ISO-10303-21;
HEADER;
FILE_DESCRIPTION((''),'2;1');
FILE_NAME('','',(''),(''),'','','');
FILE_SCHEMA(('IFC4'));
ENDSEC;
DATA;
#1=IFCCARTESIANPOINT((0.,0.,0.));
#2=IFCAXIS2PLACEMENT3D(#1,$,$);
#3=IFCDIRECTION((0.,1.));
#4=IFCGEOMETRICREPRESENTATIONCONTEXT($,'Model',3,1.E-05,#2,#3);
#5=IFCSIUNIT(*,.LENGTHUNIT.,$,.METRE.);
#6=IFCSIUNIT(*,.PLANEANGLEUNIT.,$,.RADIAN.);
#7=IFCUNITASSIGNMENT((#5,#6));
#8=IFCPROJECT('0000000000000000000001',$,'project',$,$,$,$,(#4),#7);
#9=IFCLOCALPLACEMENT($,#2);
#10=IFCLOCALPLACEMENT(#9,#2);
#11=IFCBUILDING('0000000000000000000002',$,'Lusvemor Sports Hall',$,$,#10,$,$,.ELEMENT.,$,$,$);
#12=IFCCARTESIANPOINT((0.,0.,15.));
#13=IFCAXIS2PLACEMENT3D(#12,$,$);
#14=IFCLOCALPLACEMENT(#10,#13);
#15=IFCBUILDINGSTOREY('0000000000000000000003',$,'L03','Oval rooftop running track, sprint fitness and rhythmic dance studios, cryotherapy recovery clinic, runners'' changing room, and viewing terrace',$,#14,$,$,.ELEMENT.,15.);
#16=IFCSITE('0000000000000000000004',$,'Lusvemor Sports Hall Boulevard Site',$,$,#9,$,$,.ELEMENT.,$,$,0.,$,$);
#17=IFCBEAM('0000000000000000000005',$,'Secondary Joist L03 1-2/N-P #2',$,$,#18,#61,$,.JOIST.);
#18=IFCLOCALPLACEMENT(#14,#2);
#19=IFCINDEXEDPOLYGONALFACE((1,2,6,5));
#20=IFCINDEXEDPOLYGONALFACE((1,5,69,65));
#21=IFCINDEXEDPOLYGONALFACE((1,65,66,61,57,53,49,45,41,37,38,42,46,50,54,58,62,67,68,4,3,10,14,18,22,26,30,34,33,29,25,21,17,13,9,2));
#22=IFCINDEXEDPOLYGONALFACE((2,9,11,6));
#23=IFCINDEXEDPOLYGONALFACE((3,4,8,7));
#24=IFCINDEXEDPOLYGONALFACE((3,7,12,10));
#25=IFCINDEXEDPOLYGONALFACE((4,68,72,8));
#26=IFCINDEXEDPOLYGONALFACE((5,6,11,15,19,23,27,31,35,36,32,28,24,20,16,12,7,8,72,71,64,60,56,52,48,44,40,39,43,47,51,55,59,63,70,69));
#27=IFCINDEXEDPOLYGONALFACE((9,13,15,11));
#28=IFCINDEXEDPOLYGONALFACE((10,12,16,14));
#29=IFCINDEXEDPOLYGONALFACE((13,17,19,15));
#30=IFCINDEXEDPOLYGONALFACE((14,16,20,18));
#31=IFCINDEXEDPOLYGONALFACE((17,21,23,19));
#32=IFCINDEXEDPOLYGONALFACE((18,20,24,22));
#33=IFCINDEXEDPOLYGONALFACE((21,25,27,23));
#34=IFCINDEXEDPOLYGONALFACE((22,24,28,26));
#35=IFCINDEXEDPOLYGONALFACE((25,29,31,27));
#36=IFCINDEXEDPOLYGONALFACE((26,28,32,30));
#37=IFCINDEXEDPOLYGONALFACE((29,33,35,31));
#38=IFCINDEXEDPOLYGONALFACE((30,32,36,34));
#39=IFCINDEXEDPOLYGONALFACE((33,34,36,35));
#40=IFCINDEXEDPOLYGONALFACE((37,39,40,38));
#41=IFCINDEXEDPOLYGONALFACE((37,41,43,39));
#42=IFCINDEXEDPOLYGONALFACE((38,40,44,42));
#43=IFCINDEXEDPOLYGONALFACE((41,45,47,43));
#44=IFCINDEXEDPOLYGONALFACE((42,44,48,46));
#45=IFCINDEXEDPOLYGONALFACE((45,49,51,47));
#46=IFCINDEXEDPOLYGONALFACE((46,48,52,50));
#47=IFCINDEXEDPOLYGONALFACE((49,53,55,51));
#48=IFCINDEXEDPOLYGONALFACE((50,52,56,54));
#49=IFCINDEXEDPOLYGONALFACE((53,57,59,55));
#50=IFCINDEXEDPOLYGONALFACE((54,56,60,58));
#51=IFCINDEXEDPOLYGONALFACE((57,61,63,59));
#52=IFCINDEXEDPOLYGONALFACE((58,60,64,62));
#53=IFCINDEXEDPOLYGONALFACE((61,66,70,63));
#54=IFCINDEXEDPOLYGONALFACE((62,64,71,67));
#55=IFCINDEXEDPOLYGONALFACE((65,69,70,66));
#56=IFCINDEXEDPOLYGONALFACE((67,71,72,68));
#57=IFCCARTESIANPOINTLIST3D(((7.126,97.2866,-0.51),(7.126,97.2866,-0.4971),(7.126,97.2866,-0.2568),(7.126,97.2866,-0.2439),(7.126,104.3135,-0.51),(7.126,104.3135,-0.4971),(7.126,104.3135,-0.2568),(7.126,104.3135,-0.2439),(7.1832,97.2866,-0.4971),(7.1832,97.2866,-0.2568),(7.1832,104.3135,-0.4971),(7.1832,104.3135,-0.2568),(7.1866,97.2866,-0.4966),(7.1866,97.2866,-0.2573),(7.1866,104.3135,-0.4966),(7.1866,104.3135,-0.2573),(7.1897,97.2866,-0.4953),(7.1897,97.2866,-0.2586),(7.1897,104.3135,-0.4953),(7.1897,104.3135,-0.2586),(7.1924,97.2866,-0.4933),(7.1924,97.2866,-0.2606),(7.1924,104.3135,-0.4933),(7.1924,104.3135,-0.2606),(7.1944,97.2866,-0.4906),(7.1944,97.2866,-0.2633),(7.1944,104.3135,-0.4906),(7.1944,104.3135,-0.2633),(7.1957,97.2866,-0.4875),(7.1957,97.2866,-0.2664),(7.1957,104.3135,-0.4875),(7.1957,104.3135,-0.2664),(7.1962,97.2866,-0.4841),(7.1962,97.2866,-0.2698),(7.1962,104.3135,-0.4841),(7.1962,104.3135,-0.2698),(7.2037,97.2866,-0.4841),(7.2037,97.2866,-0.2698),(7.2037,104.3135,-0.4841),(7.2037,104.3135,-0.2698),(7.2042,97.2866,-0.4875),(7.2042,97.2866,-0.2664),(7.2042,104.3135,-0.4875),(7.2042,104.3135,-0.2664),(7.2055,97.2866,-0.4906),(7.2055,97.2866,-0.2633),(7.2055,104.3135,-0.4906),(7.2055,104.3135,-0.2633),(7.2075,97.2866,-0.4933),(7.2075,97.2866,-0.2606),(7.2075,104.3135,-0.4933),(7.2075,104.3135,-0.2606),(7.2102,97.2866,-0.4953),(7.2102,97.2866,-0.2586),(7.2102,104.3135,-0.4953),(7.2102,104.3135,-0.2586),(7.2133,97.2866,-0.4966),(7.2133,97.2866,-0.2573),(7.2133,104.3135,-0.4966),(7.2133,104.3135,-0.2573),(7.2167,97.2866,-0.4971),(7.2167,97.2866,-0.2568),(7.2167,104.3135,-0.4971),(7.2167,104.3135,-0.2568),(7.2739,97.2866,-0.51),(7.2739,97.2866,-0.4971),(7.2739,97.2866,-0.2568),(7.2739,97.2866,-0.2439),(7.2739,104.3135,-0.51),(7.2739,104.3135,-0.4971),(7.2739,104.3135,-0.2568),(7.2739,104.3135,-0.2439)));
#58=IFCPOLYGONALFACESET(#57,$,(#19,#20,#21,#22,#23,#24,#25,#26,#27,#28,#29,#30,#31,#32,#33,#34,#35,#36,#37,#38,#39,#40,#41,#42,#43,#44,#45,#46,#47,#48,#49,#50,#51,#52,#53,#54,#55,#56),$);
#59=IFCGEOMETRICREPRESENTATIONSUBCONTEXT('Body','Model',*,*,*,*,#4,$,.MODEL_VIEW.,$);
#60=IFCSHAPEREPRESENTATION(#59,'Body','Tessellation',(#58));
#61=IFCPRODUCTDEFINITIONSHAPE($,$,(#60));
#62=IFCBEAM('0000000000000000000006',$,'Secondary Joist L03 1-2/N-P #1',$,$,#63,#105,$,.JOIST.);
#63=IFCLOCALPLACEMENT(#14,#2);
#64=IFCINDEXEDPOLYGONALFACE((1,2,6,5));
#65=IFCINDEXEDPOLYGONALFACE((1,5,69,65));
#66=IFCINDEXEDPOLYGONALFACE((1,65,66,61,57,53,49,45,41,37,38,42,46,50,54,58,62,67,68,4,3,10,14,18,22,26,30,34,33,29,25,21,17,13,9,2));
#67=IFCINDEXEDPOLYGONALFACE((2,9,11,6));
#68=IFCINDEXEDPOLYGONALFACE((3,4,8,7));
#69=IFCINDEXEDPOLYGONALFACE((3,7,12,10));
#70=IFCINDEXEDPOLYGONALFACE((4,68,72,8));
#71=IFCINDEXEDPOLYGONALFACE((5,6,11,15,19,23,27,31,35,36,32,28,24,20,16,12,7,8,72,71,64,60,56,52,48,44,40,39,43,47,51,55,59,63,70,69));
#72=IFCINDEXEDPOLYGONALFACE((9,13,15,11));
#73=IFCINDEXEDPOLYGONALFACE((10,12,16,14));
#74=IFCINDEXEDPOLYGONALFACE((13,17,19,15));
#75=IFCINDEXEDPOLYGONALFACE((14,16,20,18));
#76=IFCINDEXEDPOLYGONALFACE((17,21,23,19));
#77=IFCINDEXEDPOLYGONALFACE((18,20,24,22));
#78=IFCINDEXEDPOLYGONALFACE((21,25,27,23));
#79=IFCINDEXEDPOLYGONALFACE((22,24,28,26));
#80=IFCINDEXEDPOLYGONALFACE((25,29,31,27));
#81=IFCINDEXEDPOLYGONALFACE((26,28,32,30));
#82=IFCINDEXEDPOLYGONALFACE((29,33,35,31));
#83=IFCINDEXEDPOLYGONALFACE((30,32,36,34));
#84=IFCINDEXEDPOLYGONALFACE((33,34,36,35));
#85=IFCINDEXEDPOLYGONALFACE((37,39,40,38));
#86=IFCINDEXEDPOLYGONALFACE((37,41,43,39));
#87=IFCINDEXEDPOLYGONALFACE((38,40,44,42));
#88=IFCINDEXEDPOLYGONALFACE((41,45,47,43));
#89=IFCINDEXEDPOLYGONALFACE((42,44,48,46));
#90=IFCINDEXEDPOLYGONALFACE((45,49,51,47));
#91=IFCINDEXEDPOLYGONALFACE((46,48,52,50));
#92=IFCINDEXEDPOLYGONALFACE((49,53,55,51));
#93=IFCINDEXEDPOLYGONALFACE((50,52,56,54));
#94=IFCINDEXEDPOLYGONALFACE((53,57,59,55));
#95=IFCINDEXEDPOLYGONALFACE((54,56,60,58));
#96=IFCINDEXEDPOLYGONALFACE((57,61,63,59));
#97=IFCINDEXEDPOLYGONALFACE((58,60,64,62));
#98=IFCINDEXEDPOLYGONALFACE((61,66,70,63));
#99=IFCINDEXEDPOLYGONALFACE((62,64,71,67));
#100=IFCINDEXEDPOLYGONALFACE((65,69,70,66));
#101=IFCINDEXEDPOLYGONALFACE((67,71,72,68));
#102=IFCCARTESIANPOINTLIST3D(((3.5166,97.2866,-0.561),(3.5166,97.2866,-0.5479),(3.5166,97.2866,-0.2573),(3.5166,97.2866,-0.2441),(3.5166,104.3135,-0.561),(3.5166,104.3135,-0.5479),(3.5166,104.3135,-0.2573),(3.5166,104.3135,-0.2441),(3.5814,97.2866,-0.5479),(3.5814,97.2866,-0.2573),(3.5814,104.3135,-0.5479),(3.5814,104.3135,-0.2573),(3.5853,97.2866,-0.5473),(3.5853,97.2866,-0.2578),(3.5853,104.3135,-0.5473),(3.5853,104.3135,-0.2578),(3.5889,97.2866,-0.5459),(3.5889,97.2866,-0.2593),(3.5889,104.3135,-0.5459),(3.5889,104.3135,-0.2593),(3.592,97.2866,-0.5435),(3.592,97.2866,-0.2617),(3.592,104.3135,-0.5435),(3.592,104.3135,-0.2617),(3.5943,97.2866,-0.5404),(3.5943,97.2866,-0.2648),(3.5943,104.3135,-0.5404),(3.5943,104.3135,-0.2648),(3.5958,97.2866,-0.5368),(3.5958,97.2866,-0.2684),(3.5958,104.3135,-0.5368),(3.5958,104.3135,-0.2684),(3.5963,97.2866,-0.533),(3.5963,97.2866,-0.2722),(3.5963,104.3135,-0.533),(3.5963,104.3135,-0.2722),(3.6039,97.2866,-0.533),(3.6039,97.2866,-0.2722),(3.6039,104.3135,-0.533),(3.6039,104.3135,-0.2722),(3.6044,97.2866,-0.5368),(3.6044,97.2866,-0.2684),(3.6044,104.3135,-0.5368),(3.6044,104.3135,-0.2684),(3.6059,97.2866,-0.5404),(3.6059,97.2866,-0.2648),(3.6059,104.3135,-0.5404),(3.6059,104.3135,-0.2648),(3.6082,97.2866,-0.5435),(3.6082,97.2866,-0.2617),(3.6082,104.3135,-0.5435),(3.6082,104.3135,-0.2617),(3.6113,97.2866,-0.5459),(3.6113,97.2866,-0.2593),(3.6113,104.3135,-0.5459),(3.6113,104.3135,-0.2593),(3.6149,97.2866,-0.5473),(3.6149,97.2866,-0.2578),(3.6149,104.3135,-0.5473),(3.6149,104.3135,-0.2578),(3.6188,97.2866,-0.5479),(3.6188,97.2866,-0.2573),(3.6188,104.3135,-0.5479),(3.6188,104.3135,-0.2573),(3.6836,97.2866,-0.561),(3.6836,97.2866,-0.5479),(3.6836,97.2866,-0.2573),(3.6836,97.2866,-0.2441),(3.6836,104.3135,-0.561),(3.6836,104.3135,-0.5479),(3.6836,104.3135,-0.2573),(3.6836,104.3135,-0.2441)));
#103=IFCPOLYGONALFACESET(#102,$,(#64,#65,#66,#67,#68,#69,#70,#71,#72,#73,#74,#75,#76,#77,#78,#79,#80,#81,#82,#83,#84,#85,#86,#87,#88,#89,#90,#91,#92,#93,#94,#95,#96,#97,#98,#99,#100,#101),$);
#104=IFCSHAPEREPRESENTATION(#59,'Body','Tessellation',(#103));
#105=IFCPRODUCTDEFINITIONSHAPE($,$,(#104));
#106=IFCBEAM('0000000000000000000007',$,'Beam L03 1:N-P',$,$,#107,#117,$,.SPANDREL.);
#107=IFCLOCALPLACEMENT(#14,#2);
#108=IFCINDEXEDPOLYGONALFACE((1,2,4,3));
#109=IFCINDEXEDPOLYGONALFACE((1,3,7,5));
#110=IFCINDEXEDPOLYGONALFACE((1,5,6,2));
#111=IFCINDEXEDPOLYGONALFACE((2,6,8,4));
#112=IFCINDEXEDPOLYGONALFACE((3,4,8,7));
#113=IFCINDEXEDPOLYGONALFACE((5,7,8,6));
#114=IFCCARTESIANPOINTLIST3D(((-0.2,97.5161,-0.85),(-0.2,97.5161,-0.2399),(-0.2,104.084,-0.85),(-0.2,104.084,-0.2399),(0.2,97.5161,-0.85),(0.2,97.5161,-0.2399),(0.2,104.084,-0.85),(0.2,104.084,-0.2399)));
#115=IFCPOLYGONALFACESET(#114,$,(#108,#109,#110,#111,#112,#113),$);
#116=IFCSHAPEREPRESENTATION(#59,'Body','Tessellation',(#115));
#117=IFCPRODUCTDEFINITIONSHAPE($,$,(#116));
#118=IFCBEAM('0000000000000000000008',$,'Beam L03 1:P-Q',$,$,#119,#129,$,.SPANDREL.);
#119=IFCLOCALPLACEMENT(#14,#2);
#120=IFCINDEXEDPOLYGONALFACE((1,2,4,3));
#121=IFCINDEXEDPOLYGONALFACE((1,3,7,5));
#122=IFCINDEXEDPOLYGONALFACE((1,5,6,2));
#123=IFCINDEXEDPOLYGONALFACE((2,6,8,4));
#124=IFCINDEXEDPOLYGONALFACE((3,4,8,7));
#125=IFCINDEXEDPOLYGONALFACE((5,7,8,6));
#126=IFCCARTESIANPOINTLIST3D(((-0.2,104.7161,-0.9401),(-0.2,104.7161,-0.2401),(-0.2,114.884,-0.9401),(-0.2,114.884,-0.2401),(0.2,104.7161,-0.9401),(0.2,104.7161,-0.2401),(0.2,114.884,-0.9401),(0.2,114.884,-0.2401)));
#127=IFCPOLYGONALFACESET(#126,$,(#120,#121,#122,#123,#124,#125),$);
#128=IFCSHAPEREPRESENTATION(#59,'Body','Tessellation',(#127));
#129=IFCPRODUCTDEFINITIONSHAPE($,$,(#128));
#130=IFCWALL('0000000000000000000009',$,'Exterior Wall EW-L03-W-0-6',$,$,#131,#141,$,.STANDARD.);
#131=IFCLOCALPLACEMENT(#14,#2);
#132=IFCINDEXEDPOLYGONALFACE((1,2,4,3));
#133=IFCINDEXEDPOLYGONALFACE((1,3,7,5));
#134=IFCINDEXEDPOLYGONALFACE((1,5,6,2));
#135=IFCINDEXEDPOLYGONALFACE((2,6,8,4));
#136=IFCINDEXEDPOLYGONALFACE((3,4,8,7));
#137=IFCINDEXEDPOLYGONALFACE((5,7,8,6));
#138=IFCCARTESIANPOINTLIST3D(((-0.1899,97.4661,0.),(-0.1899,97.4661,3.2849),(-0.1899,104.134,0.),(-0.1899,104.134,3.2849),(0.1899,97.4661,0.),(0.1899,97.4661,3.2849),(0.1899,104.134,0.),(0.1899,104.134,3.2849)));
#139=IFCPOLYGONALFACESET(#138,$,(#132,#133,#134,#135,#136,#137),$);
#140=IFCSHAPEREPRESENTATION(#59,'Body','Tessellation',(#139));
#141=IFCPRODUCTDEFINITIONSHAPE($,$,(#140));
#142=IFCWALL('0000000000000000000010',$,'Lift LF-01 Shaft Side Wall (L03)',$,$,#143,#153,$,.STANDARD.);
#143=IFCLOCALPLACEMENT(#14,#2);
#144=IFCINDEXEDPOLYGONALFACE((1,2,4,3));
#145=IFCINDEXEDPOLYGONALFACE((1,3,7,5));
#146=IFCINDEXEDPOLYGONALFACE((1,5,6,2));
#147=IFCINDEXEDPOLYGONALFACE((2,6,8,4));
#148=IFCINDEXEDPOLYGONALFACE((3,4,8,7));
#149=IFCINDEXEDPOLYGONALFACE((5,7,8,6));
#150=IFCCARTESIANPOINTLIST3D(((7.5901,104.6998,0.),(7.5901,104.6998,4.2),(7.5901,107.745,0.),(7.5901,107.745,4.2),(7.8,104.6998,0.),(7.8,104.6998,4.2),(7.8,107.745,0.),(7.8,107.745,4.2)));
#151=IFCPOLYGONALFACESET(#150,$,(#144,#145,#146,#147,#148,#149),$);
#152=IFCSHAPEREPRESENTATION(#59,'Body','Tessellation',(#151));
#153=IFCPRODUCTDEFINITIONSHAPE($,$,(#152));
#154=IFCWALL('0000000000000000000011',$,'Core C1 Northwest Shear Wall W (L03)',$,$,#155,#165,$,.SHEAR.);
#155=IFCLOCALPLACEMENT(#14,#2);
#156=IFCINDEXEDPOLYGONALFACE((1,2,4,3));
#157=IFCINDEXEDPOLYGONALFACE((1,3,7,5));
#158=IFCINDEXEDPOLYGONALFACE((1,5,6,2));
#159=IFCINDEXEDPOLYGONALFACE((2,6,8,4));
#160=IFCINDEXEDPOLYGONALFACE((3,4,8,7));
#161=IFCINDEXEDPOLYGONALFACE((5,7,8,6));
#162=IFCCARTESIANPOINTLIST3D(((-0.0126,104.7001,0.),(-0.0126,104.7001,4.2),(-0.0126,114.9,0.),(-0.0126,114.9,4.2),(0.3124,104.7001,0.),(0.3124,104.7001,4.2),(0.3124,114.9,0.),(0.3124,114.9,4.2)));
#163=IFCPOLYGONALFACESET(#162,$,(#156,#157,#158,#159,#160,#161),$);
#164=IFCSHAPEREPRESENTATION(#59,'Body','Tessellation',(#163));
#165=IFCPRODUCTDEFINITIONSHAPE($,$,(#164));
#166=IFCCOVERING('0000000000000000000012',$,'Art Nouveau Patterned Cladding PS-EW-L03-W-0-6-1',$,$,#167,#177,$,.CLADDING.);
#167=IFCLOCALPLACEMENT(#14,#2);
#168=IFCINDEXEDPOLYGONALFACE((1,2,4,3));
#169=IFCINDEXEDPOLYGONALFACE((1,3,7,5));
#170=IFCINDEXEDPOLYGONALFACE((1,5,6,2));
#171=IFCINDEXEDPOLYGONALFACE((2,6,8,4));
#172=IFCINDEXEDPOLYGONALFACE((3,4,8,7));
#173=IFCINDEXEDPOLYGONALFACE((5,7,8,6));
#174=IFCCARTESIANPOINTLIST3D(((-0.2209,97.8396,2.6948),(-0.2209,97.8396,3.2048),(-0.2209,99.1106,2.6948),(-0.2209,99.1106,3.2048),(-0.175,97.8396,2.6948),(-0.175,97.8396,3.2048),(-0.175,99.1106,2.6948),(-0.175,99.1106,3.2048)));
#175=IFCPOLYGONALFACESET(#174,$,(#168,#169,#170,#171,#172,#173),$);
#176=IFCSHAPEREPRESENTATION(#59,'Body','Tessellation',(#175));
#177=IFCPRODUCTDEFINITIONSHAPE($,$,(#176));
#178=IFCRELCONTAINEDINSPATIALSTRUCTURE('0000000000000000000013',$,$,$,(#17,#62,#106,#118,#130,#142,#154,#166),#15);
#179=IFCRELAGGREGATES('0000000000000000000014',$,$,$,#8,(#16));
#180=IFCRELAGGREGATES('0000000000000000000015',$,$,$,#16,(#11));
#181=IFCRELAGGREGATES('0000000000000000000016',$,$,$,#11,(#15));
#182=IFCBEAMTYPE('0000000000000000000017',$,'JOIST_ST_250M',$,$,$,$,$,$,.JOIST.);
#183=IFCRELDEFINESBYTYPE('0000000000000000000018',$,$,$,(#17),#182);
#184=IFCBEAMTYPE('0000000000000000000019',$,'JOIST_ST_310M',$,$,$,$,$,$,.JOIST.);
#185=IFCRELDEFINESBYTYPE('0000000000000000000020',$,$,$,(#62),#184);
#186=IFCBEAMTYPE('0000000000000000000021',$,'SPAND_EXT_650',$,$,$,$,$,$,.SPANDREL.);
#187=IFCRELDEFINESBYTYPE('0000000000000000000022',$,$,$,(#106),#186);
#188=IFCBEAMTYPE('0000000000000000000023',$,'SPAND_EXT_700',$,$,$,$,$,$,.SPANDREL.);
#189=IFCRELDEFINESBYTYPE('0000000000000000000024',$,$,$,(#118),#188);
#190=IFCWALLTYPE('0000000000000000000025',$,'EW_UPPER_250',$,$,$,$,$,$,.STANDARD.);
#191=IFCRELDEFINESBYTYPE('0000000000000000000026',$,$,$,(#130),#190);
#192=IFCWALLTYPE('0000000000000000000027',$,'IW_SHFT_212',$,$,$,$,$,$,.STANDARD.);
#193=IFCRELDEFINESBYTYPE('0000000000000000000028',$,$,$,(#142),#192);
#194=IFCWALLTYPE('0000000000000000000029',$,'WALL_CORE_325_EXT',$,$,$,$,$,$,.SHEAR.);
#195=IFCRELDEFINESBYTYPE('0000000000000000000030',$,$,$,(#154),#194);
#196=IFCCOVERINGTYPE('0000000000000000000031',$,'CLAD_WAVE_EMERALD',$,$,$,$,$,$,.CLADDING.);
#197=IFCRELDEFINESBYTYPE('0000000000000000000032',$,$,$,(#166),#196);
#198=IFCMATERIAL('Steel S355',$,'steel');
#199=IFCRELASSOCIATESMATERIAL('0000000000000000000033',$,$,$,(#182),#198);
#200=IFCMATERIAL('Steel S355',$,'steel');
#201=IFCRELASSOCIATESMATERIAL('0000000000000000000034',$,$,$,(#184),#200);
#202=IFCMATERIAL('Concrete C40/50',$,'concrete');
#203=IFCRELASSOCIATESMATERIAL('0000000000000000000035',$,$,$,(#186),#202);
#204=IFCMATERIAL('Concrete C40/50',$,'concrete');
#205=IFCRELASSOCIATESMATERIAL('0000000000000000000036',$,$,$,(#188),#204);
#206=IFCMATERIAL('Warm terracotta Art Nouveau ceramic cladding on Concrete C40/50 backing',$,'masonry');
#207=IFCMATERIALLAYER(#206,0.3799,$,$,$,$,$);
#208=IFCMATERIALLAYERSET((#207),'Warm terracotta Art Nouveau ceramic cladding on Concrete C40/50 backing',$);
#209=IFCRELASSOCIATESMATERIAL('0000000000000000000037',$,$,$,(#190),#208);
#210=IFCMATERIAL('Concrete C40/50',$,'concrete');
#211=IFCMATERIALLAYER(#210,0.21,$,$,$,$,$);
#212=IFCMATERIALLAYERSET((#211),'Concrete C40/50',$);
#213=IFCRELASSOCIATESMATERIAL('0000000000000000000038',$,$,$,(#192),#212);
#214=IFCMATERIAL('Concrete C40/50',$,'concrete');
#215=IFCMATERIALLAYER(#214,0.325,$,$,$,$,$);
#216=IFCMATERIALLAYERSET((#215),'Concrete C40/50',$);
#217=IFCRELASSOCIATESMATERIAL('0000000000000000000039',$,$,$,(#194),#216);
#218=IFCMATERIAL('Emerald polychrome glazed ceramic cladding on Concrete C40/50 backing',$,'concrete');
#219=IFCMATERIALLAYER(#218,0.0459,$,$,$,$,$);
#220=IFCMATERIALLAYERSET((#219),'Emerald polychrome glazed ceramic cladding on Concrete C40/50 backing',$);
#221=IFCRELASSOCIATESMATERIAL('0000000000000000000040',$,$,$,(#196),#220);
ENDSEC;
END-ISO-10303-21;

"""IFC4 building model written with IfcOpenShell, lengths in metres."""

from ifc_helpers import new_model, si_unit, direction, frame, frame_2d, origin, origin_2d, place, context, subcontext, project, spatial, rectangle, i_section, extrude, material, layer, layer_set, material_profile, profile_set, type_object, element, save


model = new_model("IFC4")

# Units and contexts
model_context = context("Model", 3, precision=1e-05, world=origin(), true_north=direction((0.0, 1.0)))
body_context = subcontext(model_context, "Body", "Model", "MODEL_VIEW")
ifc_project = project(units=[si_unit("LENGTHUNIT", "METRE"), si_unit("PLANEANGLEUNIT", "RADIAN")], contexts=[model_context])

# Site, building, storey
site_placement = place(None, origin())
site = spatial("IfcSite", under=ifc_project, at=site_placement, Name="Lusvemor Sports Hall Boulevard Site", CompositionType="ELEMENT", RefElevation=0.0)
building_placement = place(site_placement, origin())
building = spatial("IfcBuilding", under=site, at=building_placement, Name="Lusvemor Sports Hall", CompositionType="ELEMENT")
storey_placement = place(building_placement, frame((0.0, 0.0, 15.0)))
storey = spatial("IfcBuildingStorey", under=building, at=storey_placement, Name="L03", Description="Oval rooftop running track, sprint fitness and rhythmic dance studios, cryotherapy recovery clinic, runners' changing room, and viewing terrace", CompositionType="ELEMENT", Elevation=15.0)

# Beams
ifc_material_1 = material(Name="Steel S355", Category="steel")
ifc_material_profile_1 = material_profile(ifc_material_1, i_section(OverallWidth=0.1479, OverallDepth=0.2661, WebThickness=0.0076, FlangeThickness=0.0129, FilletRadius=0.0129, at=origin_2d()), Name="W250x44.8")
ifc_profile_set_1 = profile_set([ifc_material_profile_1], Name="Steel S355")
beam_type_1 = type_object("IfcBeamType", Name="JOIST_ST_250M", PredefinedType="JOIST", material=ifc_profile_set_1)
beam_1_placement = place(storey_placement, frame((7.2, 97.2866, -0.377), z_axis=(0.0, 1.0, 0.0), x_axis=(-1.0, 0.0, 0.0)))
element("IfcBeam", 1, at=beam_1_placement, inside=storey, type_object=beam_type_1, Name="Secondary Joist L03 1-2/N-P #2", PredefinedType="JOIST", context=body_context, shape_type="SweptSolid", body=[
    extrude(i_section(OverallWidth=0.1479, OverallDepth=0.2661, WebThickness=0.0076, FlangeThickness=0.0129, FilletRadius=0.0129, at=origin_2d()), origin(), (0.0, 0.0, 1.0), 7.0269),
])
ifc_material_2 = material(Name="Steel S355", Category="steel")
ifc_material_profile_2 = material_profile(ifc_material_2, i_section(OverallWidth=0.167, OverallDepth=0.3169, WebThickness=0.0076, FlangeThickness=0.0132, FilletRadius=0.0149, at=origin_2d()), Name="W310x52.0")
ifc_profile_set_2 = profile_set([ifc_material_profile_2], Name="Steel S355")
beam_type_2 = type_object("IfcBeamType", Name="JOIST_ST_310M", PredefinedType="JOIST", material=ifc_profile_set_2)
beam_2_placement = place(storey_placement, frame((3.6001, 97.2866, -0.4026), z_axis=(0.0, 1.0, 0.0), x_axis=(-1.0, 0.0, 0.0)))
element("IfcBeam", 2, at=beam_2_placement, inside=storey, type_object=beam_type_2, Name="Secondary Joist L03 1-2/N-P #1", PredefinedType="JOIST", context=body_context, shape_type="SweptSolid", body=[
    extrude(i_section(OverallWidth=0.167, OverallDepth=0.3169, WebThickness=0.0076, FlangeThickness=0.0132, FilletRadius=0.0149, at=origin_2d()), origin(), (0.0, 0.0, 1.0), 7.0269),
])
ifc_material_3 = material(Name="Concrete C40/50", Category="concrete")
ifc_material_profile_3 = material_profile(ifc_material_3, rectangle(XDim=0.3999, YDim=0.6101, at=origin_2d()), Name="RC400x610")
ifc_profile_set_3 = profile_set([ifc_material_profile_3], Name="Concrete C40/50")
beam_type_3 = type_object("IfcBeamType", Name="SPAND_EXT_650", PredefinedType="SPANDREL", material=ifc_profile_set_3)
beam_3_placement = place(storey_placement, frame((0.0, 97.5161, -0.5449), z_axis=(0.0, 1.0, 0.0), x_axis=(-1.0, 0.0, 0.0)))
element("IfcBeam", 3, at=beam_3_placement, inside=storey, type_object=beam_type_3, Name="Beam L03 1:N-P", PredefinedType="SPANDREL", context=body_context, shape_type="SweptSolid", body=[
    extrude(rectangle(XDim=0.3999, YDim=0.6101, at=origin_2d()), origin(), (0.0, 0.0, 1.0), 6.5679),
])
ifc_material_4 = material(Name="Concrete C40/50", Category="concrete")
ifc_material_profile_4 = material_profile(ifc_material_4, rectangle(XDim=0.3999, YDim=0.7, at=origin_2d()), Name="RC400x700")
ifc_profile_set_4 = profile_set([ifc_material_profile_4], Name="Concrete C40/50")
beam_type_4 = type_object("IfcBeamType", Name="SPAND_EXT_700", PredefinedType="SPANDREL", material=ifc_profile_set_4)
beam_4_placement = place(storey_placement, frame((0.0, 104.7161, -0.5901), z_axis=(0.0, 1.0, 0.0), x_axis=(-1.0, 0.0, 0.0)))
element("IfcBeam", 4, at=beam_4_placement, inside=storey, type_object=beam_type_4, Name="Beam L03 1:P-Q", PredefinedType="SPANDREL", context=body_context, shape_type="SweptSolid", body=[
    extrude(rectangle(XDim=0.3999, YDim=0.7, at=origin_2d()), origin(), (0.0, 0.0, 1.0), 10.168),
])

# Walls
ifc_material_5 = material(Name="Warm terracotta Art Nouveau ceramic cladding on Concrete C40/50 backing", Category="masonry")
ifc_layer_1 = layer(ifc_material_5, 0.3799)
ifc_layer_set_1 = layer_set([ifc_layer_1], Name="Warm terracotta Art Nouveau ceramic cladding on Concrete C40/50 backing")
wall_type_1 = type_object("IfcWallType", Name="EW_UPPER_250", PredefinedType="STANDARD", material=ifc_layer_set_1)
wall_1_placement = place(storey_placement, frame((0.0, 97.4661, 0.0), z_axis=(0.0, 0.0, 1.0), x_axis=(0.0, 1.0, 0.0)))
element("IfcWall", 5, at=wall_1_placement, inside=storey, type_object=wall_type_1, Name="Exterior Wall EW-L03-W-0-6", PredefinedType="STANDARD", context=body_context, shape_type="SweptSolid", body=[
    extrude(rectangle(XDim=6.668, YDim=0.3799, at=frame_2d((3.334, 0.0))), origin(), (0.0, 0.0, 1.0), 3.2849),
])
ifc_material_6 = material(Name="Concrete C40/50", Category="concrete")
ifc_layer_2 = layer(ifc_material_6, 0.21)
ifc_layer_set_2 = layer_set([ifc_layer_2], Name="Concrete C40/50")
wall_type_2 = type_object("IfcWallType", Name="IW_SHFT_212", PredefinedType="STANDARD", material=ifc_layer_set_2)
wall_2_placement = place(storey_placement, frame((7.6951, 104.7, 0.0), z_axis=(0.0, 0.0, 1.0), x_axis=(0.0, 1.0, 0.0)))
element("IfcWall", 6, at=wall_2_placement, inside=storey, type_object=wall_type_2, Name="Lift LF-01 Shaft Side Wall (L03)", PredefinedType="STANDARD", context=body_context, shape_type="SweptSolid", body=[
    extrude(rectangle(XDim=3.0452, YDim=0.21, at=frame_2d((1.5225, 0.0))), origin(), (0.0, 0.0, 1.0), 4.2),
])

# Wall
ifc_material_7 = material(Name="Concrete C40/50", Category="concrete")
ifc_layer_3 = layer(ifc_material_7, 0.325)
ifc_layer_set_3 = layer_set([ifc_layer_3], Name="Concrete C40/50")
wall_type_3 = type_object("IfcWallType", Name="WALL_CORE_325_EXT", PredefinedType="SHEAR", material=ifc_layer_set_3)
wall_3_placement = place(storey_placement, frame((0.1499, 104.7, 0.0), z_axis=(0.0, 0.0, 1.0), x_axis=(0.0, 1.0, 0.0)))
element("IfcWall", 7, at=wall_3_placement, inside=storey, type_object=wall_type_3, Name="Core C1 Northwest Shear Wall W (L03)", PredefinedType="SHEAR", context=body_context, shape_type="SweptSolid", body=[
    extrude(rectangle(XDim=10.2, YDim=0.325, at=frame_2d((5.1001, 0.0))), origin(), (0.0, 0.0, 1.0), 4.2),
])

# Covering
ifc_material_8 = material(Name="Emerald polychrome glazed ceramic cladding on Concrete C40/50 backing", Category="concrete")
ifc_layer_4 = layer(ifc_material_8, 0.0459)
ifc_layer_set_4 = layer_set([ifc_layer_4], Name="Emerald polychrome glazed ceramic cladding on Concrete C40/50 backing")
covering_type_1 = type_object("IfcCoveringType", Name="CLAD_WAVE_EMERALD", PredefinedType="CLADDING", material=ifc_layer_set_4)
for number, where, z_axis, x_axis, name in (
    (8, (-0.198, 98.4751, 2.6948), (0.0, 0.0, 1.0), (1.0, 0.0, 0.0), "Art Nouveau Patterned Cladding PS-EW-L03-W-0-6-1"),
):
    element("IfcCovering", number, at=place(storey_placement, frame(where, z_axis=z_axis, x_axis=x_axis)), inside=storey, type_object=covering_type_1, Name=name, PredefinedType="CLADDING", context=body_context, shape_type="SweptSolid", body=[
        extrude(rectangle(XDim=0.0459, YDim=1.271, at=origin_2d()), origin(), (0.0, 0.0, 1.0), 0.51),
    ])

save(model, "model.ifc")
